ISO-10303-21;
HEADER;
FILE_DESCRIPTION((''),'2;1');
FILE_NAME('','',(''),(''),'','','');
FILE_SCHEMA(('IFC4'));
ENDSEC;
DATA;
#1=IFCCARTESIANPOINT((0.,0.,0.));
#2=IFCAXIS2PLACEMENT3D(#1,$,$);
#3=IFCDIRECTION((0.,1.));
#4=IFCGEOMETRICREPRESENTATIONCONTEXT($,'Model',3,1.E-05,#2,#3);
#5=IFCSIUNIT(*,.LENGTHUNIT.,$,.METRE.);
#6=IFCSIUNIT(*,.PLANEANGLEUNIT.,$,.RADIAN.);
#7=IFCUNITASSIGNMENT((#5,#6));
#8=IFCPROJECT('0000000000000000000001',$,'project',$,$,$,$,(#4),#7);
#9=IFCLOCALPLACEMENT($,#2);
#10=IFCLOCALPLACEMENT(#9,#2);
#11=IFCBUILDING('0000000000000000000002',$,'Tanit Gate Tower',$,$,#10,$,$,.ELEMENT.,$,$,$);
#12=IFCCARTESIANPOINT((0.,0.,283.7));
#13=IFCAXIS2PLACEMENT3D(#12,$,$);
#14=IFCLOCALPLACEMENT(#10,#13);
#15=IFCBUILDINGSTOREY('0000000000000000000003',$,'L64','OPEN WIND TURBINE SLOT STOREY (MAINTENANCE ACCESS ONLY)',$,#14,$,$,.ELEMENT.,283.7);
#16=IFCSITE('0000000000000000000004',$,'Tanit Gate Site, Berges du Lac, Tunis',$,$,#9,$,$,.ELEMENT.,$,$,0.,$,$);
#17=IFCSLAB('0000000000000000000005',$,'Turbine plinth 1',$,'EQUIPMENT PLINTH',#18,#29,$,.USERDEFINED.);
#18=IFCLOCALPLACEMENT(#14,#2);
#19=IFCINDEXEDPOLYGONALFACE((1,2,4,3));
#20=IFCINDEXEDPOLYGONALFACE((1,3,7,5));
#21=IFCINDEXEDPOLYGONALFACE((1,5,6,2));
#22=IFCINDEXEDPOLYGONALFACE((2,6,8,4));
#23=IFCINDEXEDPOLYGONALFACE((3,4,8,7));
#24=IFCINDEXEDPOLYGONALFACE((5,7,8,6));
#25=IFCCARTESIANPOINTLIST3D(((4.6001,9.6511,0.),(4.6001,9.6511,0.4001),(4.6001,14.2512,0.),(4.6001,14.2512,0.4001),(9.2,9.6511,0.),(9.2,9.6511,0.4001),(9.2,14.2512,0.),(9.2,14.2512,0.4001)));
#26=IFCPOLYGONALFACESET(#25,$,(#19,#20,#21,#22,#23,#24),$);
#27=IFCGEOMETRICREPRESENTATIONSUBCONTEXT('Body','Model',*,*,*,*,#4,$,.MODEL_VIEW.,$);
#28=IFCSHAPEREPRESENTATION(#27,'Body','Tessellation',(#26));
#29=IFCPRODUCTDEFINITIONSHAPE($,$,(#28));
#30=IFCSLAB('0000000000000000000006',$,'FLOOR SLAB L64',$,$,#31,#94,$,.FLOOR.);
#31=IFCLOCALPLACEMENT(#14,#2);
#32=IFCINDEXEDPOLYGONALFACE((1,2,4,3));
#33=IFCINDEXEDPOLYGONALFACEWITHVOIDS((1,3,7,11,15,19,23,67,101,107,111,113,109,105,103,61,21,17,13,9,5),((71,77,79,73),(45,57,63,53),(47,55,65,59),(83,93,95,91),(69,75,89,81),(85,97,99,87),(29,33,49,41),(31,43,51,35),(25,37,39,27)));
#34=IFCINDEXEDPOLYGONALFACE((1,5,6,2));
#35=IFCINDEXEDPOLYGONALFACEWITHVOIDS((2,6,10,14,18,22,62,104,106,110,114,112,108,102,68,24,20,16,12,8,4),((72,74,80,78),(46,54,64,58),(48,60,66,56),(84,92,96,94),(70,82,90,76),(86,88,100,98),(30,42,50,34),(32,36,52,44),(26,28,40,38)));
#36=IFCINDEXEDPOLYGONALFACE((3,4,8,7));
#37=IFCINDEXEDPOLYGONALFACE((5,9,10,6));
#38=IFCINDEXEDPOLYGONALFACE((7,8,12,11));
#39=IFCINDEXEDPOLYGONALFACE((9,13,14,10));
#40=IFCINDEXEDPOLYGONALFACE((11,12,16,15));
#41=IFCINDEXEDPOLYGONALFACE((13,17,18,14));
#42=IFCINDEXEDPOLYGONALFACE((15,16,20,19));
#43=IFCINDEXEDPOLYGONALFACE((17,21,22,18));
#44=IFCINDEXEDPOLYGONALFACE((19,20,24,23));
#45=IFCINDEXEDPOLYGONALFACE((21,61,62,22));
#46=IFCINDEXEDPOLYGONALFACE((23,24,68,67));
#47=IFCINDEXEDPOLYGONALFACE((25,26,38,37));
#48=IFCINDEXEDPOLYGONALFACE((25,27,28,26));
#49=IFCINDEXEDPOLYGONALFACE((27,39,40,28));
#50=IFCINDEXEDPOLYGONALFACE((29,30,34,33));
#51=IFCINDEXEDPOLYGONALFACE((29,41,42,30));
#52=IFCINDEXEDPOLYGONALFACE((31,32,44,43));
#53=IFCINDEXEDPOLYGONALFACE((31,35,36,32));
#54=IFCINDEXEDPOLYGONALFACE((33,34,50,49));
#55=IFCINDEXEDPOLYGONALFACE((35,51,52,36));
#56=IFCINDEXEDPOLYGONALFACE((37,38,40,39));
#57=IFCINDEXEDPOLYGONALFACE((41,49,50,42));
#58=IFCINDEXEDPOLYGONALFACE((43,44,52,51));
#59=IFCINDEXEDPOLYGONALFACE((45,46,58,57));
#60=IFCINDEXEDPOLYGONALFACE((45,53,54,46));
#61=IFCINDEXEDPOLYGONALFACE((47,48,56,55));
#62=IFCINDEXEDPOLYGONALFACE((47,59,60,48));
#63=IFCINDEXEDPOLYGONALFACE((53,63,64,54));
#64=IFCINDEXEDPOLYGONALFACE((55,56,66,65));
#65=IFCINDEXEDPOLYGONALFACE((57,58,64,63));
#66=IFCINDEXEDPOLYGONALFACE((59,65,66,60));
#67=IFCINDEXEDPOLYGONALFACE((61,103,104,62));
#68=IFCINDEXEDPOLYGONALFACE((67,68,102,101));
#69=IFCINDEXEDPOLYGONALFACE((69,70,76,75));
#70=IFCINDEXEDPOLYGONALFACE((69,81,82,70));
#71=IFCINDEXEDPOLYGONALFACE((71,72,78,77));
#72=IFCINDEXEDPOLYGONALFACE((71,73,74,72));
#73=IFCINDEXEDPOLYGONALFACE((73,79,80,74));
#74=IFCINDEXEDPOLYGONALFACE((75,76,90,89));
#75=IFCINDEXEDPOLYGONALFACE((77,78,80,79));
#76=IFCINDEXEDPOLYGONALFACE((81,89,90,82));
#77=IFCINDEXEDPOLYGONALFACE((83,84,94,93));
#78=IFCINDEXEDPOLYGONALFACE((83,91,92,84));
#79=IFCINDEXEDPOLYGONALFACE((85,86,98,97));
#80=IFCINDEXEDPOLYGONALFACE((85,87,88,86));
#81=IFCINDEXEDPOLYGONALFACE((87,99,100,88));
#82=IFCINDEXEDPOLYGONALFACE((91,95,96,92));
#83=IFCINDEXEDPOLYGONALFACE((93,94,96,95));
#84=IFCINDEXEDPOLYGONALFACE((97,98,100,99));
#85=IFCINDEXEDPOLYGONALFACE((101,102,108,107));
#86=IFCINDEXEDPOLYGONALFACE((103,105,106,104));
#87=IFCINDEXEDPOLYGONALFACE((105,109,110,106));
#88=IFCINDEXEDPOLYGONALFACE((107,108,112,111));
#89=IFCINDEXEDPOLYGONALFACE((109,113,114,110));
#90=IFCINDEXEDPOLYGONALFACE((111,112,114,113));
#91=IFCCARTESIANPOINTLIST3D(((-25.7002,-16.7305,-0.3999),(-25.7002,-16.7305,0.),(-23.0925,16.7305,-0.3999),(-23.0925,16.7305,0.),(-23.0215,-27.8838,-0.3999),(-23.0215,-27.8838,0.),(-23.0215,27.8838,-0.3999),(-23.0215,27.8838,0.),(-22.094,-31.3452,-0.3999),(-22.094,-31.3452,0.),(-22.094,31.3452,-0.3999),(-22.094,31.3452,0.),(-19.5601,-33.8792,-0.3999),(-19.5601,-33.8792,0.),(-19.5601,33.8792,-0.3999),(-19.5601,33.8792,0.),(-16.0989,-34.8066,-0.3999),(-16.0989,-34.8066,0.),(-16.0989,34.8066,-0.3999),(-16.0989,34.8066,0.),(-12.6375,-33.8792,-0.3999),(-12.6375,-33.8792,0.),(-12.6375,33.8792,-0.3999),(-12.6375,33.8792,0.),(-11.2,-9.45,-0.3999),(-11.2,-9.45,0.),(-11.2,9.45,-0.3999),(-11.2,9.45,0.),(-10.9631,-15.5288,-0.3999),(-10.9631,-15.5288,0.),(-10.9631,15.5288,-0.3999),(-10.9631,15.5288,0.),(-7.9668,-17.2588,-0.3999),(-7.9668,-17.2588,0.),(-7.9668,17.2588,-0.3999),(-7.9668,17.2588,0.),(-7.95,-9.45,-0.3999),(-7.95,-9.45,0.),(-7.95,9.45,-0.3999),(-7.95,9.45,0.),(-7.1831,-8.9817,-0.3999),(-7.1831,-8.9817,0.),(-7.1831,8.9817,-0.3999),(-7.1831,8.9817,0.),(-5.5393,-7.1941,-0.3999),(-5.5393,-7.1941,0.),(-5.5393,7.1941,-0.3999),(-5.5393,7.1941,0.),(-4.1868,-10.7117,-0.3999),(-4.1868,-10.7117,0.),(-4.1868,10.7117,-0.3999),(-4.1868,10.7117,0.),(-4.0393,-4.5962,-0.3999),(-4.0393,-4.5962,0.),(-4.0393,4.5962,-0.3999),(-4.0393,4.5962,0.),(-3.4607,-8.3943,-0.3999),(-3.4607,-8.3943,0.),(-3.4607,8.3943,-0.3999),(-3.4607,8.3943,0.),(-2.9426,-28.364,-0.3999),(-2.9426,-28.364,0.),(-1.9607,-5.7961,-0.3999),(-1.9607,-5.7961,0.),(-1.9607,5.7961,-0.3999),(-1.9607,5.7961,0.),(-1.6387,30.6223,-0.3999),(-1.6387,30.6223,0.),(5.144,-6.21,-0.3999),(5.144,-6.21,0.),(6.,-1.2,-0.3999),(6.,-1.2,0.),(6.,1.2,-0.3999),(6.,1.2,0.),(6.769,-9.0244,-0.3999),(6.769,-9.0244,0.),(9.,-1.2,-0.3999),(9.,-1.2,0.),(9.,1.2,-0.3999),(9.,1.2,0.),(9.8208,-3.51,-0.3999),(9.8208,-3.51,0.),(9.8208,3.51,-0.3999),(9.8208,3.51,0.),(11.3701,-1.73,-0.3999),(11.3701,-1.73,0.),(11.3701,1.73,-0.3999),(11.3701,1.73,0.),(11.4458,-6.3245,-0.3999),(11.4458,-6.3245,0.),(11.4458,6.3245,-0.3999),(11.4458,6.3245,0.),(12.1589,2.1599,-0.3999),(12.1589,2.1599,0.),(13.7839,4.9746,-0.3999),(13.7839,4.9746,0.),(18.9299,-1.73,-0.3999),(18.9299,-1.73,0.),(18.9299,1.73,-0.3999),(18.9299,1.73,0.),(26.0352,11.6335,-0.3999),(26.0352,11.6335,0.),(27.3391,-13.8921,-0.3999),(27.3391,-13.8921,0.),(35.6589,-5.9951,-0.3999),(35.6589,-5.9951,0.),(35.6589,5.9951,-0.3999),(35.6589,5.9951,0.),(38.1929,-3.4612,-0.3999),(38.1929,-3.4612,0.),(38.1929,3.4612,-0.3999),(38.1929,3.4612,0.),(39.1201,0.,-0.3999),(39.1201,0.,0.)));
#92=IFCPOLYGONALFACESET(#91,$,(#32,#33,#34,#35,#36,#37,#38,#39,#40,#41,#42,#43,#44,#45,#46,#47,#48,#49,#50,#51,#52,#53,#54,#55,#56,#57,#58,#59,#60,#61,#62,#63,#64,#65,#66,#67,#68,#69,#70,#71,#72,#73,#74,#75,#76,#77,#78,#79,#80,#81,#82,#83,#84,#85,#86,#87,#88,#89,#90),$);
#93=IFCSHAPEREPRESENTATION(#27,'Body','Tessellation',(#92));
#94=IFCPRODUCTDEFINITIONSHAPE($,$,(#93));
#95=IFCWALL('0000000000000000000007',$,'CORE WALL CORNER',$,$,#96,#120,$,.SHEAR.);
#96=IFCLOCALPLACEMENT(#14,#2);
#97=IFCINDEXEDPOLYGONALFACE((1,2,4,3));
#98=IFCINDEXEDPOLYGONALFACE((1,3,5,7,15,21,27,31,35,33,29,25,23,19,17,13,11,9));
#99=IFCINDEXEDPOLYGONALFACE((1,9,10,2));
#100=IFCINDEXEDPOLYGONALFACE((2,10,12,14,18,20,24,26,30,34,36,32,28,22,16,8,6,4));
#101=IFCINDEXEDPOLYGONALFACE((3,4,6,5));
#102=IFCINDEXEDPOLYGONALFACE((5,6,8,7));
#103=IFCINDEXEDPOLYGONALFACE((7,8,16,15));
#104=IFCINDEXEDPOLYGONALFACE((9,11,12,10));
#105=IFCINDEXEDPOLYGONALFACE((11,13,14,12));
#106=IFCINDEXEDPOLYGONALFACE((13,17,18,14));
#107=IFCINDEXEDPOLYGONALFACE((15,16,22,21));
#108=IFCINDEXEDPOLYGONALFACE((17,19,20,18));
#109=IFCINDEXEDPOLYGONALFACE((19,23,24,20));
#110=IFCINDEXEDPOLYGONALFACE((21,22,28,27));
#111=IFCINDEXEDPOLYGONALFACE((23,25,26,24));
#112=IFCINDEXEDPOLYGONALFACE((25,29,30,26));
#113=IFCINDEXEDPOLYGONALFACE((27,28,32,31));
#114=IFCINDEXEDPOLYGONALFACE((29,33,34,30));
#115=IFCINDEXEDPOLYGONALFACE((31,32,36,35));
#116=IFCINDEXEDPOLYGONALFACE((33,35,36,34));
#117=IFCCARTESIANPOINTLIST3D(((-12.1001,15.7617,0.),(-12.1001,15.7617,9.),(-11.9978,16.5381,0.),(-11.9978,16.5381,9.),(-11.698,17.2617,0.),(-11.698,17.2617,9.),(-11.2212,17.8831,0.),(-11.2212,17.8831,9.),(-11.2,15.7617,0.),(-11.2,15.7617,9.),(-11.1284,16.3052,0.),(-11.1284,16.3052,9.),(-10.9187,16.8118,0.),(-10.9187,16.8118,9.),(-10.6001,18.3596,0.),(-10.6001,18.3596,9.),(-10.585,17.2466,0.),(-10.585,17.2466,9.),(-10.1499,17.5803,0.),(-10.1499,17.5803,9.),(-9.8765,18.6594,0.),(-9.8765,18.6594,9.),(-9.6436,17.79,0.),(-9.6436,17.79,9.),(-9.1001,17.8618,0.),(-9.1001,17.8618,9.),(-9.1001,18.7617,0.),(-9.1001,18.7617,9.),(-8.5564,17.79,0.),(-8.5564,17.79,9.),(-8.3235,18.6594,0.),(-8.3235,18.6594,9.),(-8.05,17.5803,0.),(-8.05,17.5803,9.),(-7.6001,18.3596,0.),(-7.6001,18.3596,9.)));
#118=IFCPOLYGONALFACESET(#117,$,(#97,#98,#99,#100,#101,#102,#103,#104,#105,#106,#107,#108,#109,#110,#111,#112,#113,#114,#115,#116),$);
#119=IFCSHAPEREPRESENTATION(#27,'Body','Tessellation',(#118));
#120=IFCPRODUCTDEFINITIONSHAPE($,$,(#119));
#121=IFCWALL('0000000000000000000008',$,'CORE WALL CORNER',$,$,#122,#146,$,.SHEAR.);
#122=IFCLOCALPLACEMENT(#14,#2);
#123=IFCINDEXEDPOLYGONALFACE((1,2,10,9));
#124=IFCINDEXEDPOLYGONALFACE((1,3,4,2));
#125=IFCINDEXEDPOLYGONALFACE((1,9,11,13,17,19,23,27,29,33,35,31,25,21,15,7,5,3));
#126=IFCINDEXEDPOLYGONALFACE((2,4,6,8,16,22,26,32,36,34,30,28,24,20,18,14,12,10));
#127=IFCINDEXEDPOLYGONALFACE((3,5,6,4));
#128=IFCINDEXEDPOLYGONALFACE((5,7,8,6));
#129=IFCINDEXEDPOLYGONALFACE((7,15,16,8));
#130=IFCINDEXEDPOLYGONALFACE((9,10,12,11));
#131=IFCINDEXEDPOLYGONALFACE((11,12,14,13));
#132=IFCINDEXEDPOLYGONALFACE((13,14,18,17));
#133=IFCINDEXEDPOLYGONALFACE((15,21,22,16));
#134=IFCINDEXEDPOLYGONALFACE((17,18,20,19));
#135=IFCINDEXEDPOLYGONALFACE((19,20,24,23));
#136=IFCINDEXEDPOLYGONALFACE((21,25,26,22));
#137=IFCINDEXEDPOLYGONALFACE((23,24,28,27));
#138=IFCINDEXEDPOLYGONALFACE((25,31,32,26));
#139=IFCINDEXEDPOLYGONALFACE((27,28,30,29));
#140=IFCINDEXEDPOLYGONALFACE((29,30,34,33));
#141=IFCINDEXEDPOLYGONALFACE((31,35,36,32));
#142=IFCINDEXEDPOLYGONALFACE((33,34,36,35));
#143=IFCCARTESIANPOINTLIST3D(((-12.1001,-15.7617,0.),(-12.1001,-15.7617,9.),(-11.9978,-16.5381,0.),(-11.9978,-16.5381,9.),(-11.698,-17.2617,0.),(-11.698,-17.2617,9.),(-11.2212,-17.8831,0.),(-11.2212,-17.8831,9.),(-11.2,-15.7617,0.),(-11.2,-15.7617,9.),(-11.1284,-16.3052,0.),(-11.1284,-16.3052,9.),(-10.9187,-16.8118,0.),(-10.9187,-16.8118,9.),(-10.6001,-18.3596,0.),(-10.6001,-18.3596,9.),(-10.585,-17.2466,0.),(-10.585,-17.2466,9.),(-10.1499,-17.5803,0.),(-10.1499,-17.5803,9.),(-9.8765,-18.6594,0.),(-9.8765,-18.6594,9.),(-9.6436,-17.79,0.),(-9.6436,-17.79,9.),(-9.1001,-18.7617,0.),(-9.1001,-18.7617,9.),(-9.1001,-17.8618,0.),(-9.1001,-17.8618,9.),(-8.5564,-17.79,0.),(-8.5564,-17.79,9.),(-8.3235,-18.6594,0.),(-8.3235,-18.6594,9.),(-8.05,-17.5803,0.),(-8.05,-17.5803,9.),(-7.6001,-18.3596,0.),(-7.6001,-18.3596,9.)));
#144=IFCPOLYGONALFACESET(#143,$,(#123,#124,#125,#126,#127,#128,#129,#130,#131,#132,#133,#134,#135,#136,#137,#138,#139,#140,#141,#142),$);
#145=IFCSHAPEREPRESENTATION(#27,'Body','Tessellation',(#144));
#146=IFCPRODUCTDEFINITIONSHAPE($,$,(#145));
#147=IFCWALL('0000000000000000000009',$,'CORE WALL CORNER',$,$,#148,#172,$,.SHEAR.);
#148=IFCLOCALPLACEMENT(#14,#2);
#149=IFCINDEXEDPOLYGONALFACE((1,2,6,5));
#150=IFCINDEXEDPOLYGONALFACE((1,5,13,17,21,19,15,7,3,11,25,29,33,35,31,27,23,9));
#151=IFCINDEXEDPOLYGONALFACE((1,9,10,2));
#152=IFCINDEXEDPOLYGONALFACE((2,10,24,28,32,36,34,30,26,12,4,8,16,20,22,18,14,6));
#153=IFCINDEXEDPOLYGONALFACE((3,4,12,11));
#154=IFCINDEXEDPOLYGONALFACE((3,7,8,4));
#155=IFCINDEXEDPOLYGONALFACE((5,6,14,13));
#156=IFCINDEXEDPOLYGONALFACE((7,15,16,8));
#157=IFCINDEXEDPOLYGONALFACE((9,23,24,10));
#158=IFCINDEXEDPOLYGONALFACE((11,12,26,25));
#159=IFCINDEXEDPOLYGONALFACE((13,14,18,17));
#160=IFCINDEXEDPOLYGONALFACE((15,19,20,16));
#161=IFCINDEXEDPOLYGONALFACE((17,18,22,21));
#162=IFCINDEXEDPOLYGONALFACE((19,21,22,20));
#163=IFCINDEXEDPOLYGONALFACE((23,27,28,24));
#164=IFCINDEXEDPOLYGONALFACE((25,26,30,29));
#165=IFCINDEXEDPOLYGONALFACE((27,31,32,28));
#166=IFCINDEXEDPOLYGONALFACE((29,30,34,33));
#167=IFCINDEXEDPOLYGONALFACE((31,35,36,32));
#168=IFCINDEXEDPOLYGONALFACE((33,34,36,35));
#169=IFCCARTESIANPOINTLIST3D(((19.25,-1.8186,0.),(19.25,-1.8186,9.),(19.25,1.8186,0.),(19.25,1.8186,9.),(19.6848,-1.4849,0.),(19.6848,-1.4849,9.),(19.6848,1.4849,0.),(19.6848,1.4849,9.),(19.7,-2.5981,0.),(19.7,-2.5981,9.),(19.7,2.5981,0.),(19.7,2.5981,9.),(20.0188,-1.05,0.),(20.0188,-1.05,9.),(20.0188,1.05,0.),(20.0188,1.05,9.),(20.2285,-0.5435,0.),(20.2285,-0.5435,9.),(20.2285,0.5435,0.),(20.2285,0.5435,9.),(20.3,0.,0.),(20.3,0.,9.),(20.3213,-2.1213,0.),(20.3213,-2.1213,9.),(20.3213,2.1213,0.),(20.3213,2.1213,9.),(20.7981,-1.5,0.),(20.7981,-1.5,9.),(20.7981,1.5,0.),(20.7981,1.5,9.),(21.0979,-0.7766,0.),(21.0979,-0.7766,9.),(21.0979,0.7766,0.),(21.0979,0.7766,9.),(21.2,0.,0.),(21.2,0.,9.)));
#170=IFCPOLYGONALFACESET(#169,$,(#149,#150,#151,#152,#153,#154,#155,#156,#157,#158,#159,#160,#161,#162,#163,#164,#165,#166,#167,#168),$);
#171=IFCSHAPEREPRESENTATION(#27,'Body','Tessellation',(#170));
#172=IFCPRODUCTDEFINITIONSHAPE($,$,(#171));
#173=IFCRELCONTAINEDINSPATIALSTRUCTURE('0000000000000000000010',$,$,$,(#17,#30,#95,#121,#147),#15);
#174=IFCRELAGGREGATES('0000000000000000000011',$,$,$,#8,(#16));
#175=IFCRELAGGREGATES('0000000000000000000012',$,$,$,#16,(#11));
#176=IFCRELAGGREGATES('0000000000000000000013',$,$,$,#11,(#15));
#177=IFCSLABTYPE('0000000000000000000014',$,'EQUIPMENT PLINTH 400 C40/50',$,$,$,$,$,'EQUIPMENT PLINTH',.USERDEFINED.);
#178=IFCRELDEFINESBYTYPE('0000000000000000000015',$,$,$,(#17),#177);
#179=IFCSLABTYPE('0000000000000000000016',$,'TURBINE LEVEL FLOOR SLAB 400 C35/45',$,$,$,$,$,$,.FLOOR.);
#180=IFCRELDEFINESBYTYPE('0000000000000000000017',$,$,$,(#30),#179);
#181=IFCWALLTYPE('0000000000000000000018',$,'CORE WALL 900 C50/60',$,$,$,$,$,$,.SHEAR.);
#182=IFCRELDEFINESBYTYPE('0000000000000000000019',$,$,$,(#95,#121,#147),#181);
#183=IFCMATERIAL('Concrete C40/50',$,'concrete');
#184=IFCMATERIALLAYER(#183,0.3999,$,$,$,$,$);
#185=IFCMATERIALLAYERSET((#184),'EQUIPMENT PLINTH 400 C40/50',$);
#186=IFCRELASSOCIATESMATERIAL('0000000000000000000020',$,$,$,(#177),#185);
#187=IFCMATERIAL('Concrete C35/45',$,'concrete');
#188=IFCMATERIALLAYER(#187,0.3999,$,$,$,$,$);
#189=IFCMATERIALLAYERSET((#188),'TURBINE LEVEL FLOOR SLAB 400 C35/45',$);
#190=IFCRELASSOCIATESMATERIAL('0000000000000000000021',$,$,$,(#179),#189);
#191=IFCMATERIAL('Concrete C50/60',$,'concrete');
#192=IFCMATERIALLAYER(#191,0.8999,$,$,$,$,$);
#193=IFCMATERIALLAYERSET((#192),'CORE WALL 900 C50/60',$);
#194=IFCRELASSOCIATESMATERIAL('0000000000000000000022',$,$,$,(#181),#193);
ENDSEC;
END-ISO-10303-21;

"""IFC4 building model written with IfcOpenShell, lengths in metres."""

from ifc_helpers import new_model, si_unit, direction, frame, origin, place, context, subcontext, project, spatial, polyline, outline, extrude, material, layer, layer_set, type_object, element, save


model = new_model("IFC4")

# Units and contexts
model_context = context("Model", 3, precision=1e-05, world=origin(), true_north=direction((0.0, 1.0)))
body_context = subcontext(model_context, "Body", "Model", "MODEL_VIEW")
ifc_project = project(units=[si_unit("LENGTHUNIT", "METRE"), si_unit("PLANEANGLEUNIT", "RADIAN")], contexts=[model_context])

# Site, building, storey
site_placement = place(None, origin())
site = spatial("IfcSite", under=ifc_project, at=site_placement, Name="Tanit Gate Site, Berges du Lac, Tunis", CompositionType="ELEMENT", RefElevation=0.0)
building_placement = place(site_placement, origin())
building = spatial("IfcBuilding", under=site, at=building_placement, Name="Tanit Gate Tower", CompositionType="ELEMENT")
storey_placement = place(building_placement, frame((0.0, 0.0, 283.7)))
storey = spatial("IfcBuildingStorey", under=building, at=storey_placement, Name="L64", Description="OPEN WIND TURBINE SLOT STOREY (MAINTENANCE ACCESS ONLY)", CompositionType="ELEMENT", Elevation=283.7)

# Slabs
ifc_material_1 = material(Name="Concrete C40/50", Category="concrete")
ifc_layer_1 = layer(ifc_material_1, 0.3999)
ifc_layer_set_1 = layer_set([ifc_layer_1], Name="EQUIPMENT PLINTH 400 C40/50")
slab_type_1 = type_object("IfcSlabType", Name="EQUIPMENT PLINTH 400 C40/50", ElementType="EQUIPMENT PLINTH", PredefinedType="USERDEFINED", material=ifc_layer_set_1)
slab_1_placement = place(storey_placement, origin())
element("IfcSlab", 1, at=slab_1_placement, inside=storey, type_object=slab_type_1, Name="Turbine plinth 1", ObjectType="EQUIPMENT PLINTH", PredefinedType="USERDEFINED", context=body_context, shape_type="SweptSolid", body=[
    extrude(outline(polyline([(4.6001, 9.6511), (9.2, 9.6511), (9.2, 14.2512), (4.6001, 14.2512), (4.6001, 9.6511)])), origin(), (0.0, 0.0, 1.0), 0.4001),
])
ifc_material_2 = material(Name="Concrete C35/45", Category="concrete")
ifc_layer_2 = layer(ifc_material_2, 0.3999)
ifc_layer_set_2 = layer_set([ifc_layer_2], Name="TURBINE LEVEL FLOOR SLAB 400 C35/45")
slab_type_2 = type_object("IfcSlabType", Name="TURBINE LEVEL FLOOR SLAB 400 C35/45", PredefinedType="FLOOR", material=ifc_layer_set_2)
slab_2_placement = place(storey_placement, frame((0.0, 0.0, -0.3999)))
element("IfcSlab", 2, at=slab_2_placement, inside=storey, type_object=slab_type_2, Name="FLOOR SLAB L64", PredefinedType="FLOOR", context=body_context, shape_type="SweptSolid", body=[
    extrude(outline(polyline([(35.6589, 5.9951), (38.1929, 3.4612), (39.1201, 0.0), (38.1929, -3.4612), (35.6589, -5.9951), (27.3391, -13.8921), (-2.9426, -28.364), (-12.6375, -33.8792), (-16.0989, -34.8066), (-19.5601, -33.8792), (-22.094, -31.3452), (-23.0215, -27.8838), (-25.7002, -16.7305), (-23.0925, 16.7305), (-23.0215, 27.8838), (-22.094, 31.3452), (-19.5601, 33.8792), (-16.0989, 34.8066), (-12.6375, 33.8792), (-1.6387, 30.6223), (26.0352, 11.6335), (35.6589, 5.9951)]), holes=[polyline([(11.3701, 1.73), (18.9299, 1.73), (18.9299, -1.73), (11.3701, -1.73), (11.3701, 1.73)]), polyline([(12.1589, 2.1599), (9.8208, 3.51), (11.4458, 6.3245), (13.7839, 4.9746), (12.1589, 2.1599)]), polyline([(11.4458, -6.3245), (6.769, -9.0244), (5.144, -6.21), (9.8208, -3.51), (11.4458, -6.3245)]), polyline([(6.0, 1.2), (9.0, 1.2), (9.0, -1.2), (6.0, -1.2), (6.0, 1.2)]), polyline([(-4.0393, 4.5962), (-5.5393, 7.1941), (-3.4607, 8.3943), (-1.9607, 5.7961), (-4.0393, 4.5962)]), polyline([(-1.9607, -5.7961), (-3.4607, -8.3943), (-5.5393, -7.1941), (-4.0393, -4.5962), (-1.9607, -5.7961)]), polyline([(-7.1831, 8.9817), (-10.9631, 15.5288), (-7.9668, 17.2588), (-4.1868, 10.7117), (-7.1831, 8.9817)]), polyline([(-4.1868, -10.7117), (-7.9668, -17.2588), (-10.9631, -15.5288), (-7.1831, -8.9817), (-4.1868, -10.7117)]), polyline([(-11.2, -9.45), (-11.2, 9.45), (-7.95, 9.45), (-7.95, -9.45), (-11.2, -9.45)])]), origin(), (0.0, 0.0, 1.0), 0.3999),
])

# Walls
ifc_material_3 = material(Name="Concrete C50/60", Category="concrete")
ifc_layer_3 = layer(ifc_material_3, 0.8999)
ifc_layer_set_3 = layer_set([ifc_layer_3], Name="CORE WALL 900 C50/60")
wall_type_1 = type_object("IfcWallType", Name="CORE WALL 900 C50/60", PredefinedType="SHEAR", material=ifc_layer_set_3)
wall_1_placement = place(storey_placement, origin())
element("IfcWall", 3, at=wall_1_placement, inside=storey, type_object=wall_type_1, Name="CORE WALL CORNER", PredefinedType="SHEAR", context=body_context, shape_type="SweptSolid", body=[
    extrude(outline(polyline([(-7.6001, 18.3596), (-8.3235, 18.6594), (-9.1001, 18.7617), (-9.8765, 18.6594), (-10.6001, 18.3596), (-11.2212, 17.8831), (-11.698, 17.2617), (-11.9978, 16.5381), (-12.1001, 15.7617), (-11.2, 15.7617), (-11.1284, 16.3052), (-10.9187, 16.8118), (-10.585, 17.2466), (-10.1499, 17.5803), (-9.6436, 17.79), (-9.1001, 17.8618), (-8.5564, 17.79), (-8.05, 17.5803), (-7.6001, 18.3596)])), origin(), (0.0, 0.0, 1.0), 9.0),
])
wall_2_placement = place(storey_placement, origin())
element("IfcWall", 4, at=wall_2_placement, inside=storey, type_object=wall_type_1, Name="CORE WALL CORNER", PredefinedType="SHEAR", context=body_context, shape_type="SweptSolid", body=[
    extrude(outline(polyline([(-12.1001, -15.7617), (-11.9978, -16.5381), (-11.698, -17.2617), (-11.2212, -17.8831), (-10.6001, -18.3596), (-9.8765, -18.6594), (-9.1001, -18.7617), (-8.3235, -18.6594), (-7.6001, -18.3596), (-8.05, -17.5803), (-8.5564, -17.79), (-9.1001, -17.8618), (-9.6436, -17.79), (-10.1499, -17.5803), (-10.585, -17.2466), (-10.9187, -16.8118), (-11.1284, -16.3052), (-11.2, -15.7617), (-12.1001, -15.7617)])), origin(), (0.0, 0.0, 1.0), 9.0),
])
wall_3_placement = place(storey_placement, origin())
element("IfcWall", 5, at=wall_3_placement, inside=storey, type_object=wall_type_1, Name="CORE WALL CORNER", PredefinedType="SHEAR", context=body_context, shape_type="SweptSolid", body=[
    extrude(outline(polyline([(19.7, -2.5981), (20.3213, -2.1213), (20.7981, -1.5), (21.0979, -0.7766), (21.2, 0.0), (21.0979, 0.7766), (20.7981, 1.5), (20.3213, 2.1213), (19.7, 2.5981), (19.25, 1.8186), (19.6848, 1.4849), (20.0188, 1.05), (20.2285, 0.5435), (20.3, 0.0), (20.2285, -0.5435), (20.0188, -1.05), (19.6848, -1.4849), (19.25, -1.8186), (19.7, -2.5981)])), origin(), (0.0, 0.0, 1.0), 9.0),
])

save(model, "model.ifc")
